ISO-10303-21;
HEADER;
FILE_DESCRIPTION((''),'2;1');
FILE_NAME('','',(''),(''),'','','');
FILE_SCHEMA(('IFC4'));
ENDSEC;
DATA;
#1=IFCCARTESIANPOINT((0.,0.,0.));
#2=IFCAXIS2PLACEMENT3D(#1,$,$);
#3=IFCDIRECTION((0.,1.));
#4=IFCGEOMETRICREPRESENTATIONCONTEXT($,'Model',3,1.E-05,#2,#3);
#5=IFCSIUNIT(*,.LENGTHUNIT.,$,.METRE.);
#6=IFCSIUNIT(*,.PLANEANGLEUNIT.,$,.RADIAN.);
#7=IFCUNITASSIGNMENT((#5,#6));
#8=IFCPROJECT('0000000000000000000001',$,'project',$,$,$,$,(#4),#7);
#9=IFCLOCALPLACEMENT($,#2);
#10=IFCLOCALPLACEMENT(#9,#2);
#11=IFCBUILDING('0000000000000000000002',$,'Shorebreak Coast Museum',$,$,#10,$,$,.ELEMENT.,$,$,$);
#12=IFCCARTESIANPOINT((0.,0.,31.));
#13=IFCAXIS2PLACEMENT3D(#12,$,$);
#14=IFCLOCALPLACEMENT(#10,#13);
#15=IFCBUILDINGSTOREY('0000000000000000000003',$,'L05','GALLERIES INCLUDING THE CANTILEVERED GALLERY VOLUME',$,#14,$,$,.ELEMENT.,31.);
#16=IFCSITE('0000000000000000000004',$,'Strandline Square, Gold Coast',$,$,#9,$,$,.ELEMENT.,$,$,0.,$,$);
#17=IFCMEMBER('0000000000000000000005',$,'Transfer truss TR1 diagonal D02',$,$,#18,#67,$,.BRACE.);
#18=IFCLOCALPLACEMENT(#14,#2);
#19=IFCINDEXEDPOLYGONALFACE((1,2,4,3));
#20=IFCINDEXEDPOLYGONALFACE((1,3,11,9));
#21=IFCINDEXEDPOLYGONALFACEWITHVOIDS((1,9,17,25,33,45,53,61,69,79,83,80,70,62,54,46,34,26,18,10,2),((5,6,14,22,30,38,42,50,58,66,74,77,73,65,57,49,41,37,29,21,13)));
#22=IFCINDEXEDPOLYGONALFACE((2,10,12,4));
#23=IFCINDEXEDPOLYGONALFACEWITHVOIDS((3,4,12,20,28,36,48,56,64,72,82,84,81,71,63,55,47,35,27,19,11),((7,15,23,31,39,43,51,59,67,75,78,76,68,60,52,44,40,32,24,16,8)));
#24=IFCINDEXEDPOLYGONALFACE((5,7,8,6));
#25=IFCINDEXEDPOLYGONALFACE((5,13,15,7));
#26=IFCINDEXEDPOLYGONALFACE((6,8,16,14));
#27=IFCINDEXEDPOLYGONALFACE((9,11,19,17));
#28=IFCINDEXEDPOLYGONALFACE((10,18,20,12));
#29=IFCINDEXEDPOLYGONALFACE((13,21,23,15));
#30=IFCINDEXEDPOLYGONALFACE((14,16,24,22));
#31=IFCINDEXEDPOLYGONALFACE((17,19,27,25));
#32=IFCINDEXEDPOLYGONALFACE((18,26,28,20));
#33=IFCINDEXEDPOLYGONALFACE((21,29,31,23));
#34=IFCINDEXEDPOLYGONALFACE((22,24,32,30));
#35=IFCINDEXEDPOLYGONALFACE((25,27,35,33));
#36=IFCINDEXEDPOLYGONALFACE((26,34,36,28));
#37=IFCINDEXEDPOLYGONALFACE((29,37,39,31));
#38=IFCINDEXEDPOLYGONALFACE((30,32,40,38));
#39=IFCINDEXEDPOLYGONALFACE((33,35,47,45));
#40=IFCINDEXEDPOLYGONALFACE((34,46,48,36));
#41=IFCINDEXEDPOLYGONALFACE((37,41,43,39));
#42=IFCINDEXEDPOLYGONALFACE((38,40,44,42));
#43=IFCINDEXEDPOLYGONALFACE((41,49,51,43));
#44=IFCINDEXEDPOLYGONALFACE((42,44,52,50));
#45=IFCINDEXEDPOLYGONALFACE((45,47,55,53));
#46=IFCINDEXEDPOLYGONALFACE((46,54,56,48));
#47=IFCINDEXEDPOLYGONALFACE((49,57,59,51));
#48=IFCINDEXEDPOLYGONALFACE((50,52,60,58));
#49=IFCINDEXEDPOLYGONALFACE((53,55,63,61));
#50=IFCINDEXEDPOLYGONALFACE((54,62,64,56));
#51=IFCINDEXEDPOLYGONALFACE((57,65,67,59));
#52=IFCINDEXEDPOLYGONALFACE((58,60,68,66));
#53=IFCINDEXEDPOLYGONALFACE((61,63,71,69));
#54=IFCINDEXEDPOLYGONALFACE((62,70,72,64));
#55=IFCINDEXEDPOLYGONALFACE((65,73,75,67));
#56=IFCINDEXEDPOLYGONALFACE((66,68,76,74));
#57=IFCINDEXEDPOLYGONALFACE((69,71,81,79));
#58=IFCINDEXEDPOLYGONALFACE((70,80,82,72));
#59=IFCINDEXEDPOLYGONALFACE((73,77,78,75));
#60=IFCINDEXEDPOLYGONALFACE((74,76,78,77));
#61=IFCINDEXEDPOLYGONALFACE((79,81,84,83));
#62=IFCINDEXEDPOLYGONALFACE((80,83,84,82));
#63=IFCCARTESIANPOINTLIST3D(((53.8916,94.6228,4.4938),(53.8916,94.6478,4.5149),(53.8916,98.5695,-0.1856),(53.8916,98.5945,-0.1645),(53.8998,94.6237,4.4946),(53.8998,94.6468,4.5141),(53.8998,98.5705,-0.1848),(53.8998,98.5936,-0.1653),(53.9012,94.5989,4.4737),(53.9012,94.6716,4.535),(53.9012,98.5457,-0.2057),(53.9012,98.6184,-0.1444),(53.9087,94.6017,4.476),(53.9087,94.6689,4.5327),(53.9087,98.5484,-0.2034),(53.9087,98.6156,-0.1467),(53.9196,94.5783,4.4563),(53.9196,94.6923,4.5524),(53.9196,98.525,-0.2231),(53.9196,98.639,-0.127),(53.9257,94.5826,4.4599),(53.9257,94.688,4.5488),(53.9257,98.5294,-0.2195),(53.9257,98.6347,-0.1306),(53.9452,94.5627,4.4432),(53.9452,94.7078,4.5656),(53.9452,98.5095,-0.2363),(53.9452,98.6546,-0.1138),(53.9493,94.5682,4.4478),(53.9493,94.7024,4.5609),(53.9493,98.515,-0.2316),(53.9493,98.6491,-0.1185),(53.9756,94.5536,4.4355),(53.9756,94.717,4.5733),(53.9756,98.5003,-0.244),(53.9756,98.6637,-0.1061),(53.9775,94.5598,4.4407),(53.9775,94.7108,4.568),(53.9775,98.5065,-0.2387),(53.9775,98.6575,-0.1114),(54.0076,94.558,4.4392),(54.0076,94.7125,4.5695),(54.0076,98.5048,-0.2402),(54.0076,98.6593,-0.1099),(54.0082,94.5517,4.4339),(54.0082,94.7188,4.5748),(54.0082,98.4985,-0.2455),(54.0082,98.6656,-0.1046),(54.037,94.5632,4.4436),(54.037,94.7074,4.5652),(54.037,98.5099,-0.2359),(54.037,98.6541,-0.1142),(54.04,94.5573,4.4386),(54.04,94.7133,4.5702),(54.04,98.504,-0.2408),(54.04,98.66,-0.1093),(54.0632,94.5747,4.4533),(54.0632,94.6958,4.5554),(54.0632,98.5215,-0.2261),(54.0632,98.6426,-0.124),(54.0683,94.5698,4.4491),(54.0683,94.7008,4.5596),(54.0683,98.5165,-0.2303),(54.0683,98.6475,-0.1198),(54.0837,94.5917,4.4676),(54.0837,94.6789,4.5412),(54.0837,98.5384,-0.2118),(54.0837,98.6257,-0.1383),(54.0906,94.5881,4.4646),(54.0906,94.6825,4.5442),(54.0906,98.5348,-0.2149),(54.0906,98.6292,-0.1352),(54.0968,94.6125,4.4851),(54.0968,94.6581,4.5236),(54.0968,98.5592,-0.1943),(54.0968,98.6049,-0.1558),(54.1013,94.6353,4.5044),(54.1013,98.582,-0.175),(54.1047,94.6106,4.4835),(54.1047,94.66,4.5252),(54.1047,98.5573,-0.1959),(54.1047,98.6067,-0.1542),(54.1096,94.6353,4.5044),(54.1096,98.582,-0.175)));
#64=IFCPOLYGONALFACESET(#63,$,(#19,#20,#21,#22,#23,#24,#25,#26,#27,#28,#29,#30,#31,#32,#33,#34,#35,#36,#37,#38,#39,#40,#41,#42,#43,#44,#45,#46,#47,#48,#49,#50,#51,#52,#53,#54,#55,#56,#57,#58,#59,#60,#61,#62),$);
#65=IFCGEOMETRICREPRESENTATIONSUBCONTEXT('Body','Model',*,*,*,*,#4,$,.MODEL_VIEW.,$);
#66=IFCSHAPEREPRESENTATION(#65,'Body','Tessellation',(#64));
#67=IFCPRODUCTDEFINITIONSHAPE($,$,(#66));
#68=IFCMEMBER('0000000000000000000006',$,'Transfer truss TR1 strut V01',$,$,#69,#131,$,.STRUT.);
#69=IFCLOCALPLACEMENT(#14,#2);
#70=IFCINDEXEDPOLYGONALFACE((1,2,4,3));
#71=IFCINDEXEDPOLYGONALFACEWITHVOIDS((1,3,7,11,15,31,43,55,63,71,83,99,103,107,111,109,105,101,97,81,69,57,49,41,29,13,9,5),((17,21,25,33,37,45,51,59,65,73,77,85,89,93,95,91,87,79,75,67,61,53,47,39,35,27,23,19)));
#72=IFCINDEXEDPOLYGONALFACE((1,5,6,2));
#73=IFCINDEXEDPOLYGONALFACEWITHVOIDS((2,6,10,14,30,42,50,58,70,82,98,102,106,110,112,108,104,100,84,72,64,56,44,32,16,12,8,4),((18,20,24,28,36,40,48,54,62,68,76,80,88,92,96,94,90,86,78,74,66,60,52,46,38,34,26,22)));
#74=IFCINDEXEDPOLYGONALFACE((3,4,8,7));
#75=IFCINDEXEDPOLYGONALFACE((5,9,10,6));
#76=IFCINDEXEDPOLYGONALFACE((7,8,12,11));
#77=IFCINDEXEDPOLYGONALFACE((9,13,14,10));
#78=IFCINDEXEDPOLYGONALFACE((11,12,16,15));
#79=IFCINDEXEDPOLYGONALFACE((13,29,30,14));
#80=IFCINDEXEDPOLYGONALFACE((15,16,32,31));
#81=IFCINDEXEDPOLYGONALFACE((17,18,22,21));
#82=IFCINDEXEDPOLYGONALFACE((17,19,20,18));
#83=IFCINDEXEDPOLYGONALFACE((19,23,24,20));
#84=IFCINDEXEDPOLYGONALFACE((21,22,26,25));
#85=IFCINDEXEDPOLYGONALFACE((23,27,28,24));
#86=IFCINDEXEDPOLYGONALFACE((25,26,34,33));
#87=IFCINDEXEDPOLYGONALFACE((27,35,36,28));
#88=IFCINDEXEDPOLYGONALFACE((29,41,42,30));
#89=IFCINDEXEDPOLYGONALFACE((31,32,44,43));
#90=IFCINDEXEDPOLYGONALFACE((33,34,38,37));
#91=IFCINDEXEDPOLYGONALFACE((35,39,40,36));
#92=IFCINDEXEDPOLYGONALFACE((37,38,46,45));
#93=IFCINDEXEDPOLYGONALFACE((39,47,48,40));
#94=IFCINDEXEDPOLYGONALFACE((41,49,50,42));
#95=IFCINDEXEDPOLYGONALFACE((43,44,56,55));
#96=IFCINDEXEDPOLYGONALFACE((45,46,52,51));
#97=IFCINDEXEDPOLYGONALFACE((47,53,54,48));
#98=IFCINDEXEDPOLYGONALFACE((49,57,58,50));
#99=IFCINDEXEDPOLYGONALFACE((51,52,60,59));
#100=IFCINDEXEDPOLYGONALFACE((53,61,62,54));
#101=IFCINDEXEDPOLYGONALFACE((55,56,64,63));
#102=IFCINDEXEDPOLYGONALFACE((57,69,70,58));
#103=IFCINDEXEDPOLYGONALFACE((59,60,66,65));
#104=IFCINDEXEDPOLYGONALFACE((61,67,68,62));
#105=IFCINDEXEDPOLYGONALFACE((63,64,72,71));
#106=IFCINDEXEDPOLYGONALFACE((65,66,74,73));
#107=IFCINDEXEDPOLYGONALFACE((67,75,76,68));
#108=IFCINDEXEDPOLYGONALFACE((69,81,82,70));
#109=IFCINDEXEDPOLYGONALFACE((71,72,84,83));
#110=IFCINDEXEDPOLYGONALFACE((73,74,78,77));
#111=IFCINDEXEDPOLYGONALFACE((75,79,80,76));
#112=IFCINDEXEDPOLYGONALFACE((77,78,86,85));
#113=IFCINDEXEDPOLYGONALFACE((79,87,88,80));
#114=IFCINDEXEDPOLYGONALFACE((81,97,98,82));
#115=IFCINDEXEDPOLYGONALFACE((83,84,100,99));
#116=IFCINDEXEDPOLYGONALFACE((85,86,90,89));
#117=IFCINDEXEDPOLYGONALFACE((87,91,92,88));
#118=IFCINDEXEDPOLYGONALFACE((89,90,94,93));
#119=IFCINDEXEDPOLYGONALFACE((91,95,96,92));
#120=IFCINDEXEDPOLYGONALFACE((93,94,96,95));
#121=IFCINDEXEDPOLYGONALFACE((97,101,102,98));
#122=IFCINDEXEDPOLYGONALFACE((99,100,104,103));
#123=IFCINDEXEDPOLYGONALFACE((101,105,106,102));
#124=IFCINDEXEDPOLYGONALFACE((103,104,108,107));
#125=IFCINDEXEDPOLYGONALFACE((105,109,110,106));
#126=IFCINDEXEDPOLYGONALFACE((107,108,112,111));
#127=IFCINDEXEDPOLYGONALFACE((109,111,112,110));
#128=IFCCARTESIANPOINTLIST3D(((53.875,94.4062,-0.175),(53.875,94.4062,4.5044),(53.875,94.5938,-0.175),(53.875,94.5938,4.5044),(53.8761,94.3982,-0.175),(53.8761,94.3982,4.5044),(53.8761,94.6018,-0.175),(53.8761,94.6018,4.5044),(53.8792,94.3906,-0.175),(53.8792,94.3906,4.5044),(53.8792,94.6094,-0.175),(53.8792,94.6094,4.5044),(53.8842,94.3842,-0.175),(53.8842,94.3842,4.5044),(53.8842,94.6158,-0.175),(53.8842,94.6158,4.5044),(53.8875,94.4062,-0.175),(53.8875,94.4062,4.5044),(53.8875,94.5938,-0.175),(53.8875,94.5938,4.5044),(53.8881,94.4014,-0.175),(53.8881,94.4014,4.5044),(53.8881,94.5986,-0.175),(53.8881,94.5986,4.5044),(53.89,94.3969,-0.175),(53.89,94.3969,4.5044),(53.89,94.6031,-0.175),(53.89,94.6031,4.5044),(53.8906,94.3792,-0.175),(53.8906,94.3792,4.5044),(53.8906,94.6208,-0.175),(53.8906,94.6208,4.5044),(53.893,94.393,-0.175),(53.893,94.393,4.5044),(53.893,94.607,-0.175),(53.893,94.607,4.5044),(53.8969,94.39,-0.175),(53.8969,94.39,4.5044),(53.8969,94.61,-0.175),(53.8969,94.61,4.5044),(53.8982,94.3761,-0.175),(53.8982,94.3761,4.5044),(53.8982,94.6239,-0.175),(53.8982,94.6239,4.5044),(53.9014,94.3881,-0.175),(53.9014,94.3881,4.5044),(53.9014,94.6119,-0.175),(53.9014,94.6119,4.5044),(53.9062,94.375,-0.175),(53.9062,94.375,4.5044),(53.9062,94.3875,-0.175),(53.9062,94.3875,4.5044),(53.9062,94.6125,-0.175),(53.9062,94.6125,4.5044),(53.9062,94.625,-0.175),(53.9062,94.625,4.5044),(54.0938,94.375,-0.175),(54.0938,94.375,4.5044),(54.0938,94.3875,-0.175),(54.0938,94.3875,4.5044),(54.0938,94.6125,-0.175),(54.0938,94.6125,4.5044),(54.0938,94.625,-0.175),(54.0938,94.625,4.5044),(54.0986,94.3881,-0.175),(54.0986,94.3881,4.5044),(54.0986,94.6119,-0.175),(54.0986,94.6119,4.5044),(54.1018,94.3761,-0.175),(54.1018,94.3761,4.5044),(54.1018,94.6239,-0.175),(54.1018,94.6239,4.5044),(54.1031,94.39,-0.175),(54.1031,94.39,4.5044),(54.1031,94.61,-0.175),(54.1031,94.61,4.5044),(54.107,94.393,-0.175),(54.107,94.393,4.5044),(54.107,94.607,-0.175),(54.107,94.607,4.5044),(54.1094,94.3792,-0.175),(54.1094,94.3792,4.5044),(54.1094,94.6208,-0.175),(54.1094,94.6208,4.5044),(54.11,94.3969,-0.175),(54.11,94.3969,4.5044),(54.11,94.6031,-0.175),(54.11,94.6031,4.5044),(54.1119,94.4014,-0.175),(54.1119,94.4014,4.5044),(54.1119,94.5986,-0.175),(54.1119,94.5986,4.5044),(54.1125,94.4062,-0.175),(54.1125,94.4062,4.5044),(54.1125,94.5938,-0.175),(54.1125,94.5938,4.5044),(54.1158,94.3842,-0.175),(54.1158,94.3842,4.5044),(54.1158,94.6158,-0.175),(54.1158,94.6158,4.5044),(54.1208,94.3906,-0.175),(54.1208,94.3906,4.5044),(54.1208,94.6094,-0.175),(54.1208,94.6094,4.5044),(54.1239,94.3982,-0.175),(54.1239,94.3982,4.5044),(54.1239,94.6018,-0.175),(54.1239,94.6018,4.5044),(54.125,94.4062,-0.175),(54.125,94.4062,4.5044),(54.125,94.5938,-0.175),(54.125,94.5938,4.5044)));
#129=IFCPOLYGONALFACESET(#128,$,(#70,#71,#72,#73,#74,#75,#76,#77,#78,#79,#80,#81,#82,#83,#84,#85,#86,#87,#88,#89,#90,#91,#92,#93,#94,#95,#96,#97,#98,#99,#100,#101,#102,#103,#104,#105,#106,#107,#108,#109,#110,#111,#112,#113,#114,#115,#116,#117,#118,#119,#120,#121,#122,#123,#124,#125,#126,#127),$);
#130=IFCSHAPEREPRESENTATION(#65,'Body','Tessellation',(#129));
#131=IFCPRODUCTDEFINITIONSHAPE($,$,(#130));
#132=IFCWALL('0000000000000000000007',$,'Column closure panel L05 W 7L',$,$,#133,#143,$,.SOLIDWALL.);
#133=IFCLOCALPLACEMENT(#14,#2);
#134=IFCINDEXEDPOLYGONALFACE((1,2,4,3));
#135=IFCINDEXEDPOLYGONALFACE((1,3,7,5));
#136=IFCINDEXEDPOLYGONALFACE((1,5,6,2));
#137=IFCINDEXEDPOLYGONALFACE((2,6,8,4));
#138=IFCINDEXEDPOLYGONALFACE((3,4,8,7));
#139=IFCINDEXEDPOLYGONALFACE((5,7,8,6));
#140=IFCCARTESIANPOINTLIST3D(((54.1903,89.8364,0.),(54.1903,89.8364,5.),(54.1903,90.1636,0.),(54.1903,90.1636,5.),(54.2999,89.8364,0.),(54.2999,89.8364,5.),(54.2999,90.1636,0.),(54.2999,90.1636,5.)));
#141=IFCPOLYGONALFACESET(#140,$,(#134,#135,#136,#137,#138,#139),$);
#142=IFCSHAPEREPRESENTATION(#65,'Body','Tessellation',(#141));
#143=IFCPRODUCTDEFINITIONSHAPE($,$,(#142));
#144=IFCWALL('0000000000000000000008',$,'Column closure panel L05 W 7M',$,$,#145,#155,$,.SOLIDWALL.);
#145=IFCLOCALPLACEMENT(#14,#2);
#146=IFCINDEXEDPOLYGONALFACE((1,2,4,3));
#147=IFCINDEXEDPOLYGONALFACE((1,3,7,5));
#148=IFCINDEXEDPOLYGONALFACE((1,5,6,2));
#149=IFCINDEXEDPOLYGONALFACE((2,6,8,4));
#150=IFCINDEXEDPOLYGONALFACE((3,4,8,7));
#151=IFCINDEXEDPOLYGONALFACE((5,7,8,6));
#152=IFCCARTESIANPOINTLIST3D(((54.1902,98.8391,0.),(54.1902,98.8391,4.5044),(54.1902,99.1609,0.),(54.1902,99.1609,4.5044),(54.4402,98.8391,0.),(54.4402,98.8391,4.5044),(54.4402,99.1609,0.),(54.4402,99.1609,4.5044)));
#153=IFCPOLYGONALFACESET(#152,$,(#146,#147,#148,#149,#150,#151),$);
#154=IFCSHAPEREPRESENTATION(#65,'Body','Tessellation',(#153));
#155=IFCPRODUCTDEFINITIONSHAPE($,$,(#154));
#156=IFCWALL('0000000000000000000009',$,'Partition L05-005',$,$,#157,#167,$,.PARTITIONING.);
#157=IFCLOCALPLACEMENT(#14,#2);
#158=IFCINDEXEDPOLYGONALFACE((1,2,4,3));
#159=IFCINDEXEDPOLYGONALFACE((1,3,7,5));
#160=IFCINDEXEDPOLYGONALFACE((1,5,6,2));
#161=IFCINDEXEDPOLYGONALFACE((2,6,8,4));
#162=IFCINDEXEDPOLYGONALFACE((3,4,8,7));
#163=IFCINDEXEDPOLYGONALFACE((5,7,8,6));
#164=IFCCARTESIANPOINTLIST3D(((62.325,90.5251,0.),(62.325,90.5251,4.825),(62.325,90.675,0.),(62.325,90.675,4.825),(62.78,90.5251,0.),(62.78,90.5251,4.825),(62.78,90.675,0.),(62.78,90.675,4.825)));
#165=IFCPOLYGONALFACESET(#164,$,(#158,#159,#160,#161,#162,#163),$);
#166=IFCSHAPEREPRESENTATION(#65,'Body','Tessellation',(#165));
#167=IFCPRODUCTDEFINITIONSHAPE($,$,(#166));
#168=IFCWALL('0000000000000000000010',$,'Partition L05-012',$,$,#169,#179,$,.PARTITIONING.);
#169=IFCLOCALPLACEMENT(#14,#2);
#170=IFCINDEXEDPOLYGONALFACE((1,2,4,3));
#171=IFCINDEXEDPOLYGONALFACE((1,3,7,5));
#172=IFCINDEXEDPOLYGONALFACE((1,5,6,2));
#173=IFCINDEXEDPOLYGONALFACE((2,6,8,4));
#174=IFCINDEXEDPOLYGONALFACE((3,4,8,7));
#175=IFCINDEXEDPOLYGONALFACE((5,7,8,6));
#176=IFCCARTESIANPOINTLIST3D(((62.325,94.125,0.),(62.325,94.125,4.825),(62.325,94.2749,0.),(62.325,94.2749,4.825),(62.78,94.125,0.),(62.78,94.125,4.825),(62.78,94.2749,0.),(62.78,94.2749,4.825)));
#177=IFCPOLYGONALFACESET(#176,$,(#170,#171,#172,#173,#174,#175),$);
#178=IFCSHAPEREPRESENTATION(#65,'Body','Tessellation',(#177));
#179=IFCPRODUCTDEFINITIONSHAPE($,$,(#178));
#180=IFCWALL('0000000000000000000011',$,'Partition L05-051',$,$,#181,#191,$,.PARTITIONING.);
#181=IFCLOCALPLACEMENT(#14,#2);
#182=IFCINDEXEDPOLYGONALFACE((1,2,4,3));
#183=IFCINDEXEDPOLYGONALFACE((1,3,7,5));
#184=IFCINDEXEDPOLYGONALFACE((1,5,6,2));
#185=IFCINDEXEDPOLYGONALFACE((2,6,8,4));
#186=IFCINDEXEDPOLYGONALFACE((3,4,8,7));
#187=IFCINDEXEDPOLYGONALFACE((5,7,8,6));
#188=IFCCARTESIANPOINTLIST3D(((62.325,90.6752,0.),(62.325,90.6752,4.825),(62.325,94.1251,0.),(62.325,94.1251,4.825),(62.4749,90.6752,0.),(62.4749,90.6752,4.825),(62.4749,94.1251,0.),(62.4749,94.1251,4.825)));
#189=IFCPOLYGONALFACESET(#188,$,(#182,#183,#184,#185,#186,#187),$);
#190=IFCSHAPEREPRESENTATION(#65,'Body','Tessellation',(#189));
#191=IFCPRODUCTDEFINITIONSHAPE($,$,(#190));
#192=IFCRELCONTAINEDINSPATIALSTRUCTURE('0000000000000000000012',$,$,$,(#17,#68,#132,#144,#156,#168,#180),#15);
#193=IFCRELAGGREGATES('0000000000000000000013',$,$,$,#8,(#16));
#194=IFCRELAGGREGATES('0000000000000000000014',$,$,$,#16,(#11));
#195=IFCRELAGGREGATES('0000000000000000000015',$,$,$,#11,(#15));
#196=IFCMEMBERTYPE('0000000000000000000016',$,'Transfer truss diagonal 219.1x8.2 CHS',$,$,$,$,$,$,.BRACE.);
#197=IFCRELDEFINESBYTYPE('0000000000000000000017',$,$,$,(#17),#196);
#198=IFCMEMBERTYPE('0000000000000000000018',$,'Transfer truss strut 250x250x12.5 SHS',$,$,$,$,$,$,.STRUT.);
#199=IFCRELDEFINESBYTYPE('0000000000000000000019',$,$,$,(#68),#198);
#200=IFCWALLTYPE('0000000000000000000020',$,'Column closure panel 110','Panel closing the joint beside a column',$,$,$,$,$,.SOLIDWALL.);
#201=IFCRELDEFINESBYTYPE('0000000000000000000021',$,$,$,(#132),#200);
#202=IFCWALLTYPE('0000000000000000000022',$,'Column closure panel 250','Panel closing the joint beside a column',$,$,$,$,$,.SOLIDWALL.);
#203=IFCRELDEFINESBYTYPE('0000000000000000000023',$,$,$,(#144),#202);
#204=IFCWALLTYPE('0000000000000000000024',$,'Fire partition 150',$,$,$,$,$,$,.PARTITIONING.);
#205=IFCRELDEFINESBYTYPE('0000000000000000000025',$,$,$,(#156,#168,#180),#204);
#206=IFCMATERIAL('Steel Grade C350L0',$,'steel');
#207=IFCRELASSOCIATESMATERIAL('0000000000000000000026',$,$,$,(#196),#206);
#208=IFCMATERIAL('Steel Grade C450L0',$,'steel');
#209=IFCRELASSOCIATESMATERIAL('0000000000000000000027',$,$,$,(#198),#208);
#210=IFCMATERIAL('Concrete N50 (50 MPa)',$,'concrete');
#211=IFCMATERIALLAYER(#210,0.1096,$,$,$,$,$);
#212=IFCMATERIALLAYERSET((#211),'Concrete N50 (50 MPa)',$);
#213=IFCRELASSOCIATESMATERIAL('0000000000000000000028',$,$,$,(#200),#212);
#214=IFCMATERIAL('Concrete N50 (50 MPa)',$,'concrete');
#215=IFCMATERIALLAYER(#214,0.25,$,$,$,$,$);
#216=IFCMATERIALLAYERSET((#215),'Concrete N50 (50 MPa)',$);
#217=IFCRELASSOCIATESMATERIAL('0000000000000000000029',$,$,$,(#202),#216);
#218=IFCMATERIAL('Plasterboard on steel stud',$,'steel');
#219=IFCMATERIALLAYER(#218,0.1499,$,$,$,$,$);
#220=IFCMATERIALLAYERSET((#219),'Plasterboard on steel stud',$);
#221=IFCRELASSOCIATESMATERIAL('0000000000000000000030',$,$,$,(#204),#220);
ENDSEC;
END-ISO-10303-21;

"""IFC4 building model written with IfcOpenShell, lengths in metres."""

from ifc_helpers import new_model, si_unit, direction, frame, frame_2d, origin, origin_2d, place, context, subcontext, project, spatial, rectangle, hollow_rectangle, hollow_circle, extrude, material, layer, layer_set, material_profile, profile_set, type_object, element, save


model = new_model("IFC4")

# Units and contexts
model_context = context("Model", 3, precision=1e-05, world=origin(), true_north=direction((0.0, 1.0)))
body_context = subcontext(model_context, "Body", "Model", "MODEL_VIEW")
ifc_project = project(units=[si_unit("LENGTHUNIT", "METRE"), si_unit("PLANEANGLEUNIT", "RADIAN")], contexts=[model_context])

# Site, building, storey
site_placement = place(None, origin())
site = spatial("IfcSite", under=ifc_project, at=site_placement, Name="Strandline Square, Gold Coast", CompositionType="ELEMENT", RefElevation=0.0)
building_placement = place(site_placement, origin())
building = spatial("IfcBuilding", under=site, at=building_placement, Name="Shorebreak Coast Museum", CompositionType="ELEMENT")
storey_placement = place(building_placement, frame((0.0, 0.0, 31.0)))
storey = spatial("IfcBuildingStorey", under=building, at=storey_placement, Name="L05", Description="GALLERIES INCLUDING THE CANTILEVERED GALLERY VOLUME", CompositionType="ELEMENT", Elevation=31.0)

# Members
ifc_material_1 = material(Name="Steel Grade C350L0", Category="steel")
ifc_material_profile_1 = material_profile(ifc_material_1, hollow_circle(Radius=0.1096, WallThickness=0.0083, at=origin_2d()), Name="219.1x8.2 CHS")
ifc_profile_set_1 = profile_set([ifc_material_profile_1], Name="Steel Grade C350L0")
member_type_1 = type_object("IfcMemberType", Name="Transfer truss diagonal 219.1x8.2 CHS", PredefinedType="BRACE", material=ifc_profile_set_1)
member_1_placement = place(storey_placement, frame((54.0, 98.582, -0.175), z_axis=(0.0, -0.644728, 0.764412), x_axis=(1.0, 0.0, 0.0)))
element("IfcMember", 1, at=member_1_placement, inside=storey, type_object=member_type_1, Name="Transfer truss TR1 diagonal D02", PredefinedType="BRACE", context=body_context, shape_type="SweptSolid", body=[
    extrude(hollow_circle(Radius=0.1096, WallThickness=0.0083, at=origin_2d()), origin(), (0.0, 0.0, 1.0), 6.1216),
])
ifc_material_2 = material(Name="Steel Grade C450L0", Category="steel")
ifc_material_profile_2 = material_profile(ifc_material_2, hollow_rectangle(XDim=0.25, YDim=0.25, WallThickness=0.0125, InnerFilletRadius=0.0188, OuterFilletRadius=0.0312, at=origin_2d()), Name="250x250x12.5 SHS")
ifc_profile_set_2 = profile_set([ifc_material_profile_2], Name="Steel Grade C450L0")
member_type_2 = type_object("IfcMemberType", Name="Transfer truss strut 250x250x12.5 SHS", PredefinedType="STRUT", material=ifc_profile_set_2)
member_2_placement = place(storey_placement, frame((54.0, 94.5, -0.175), z_axis=(0.0, 0.0, 1.0), x_axis=(1.0, 0.0, 0.0)))
element("IfcMember", 2, at=member_2_placement, inside=storey, type_object=member_type_2, Name="Transfer truss TR1 strut V01", PredefinedType="STRUT", context=body_context, shape_type="SweptSolid", body=[
    extrude(hollow_rectangle(XDim=0.25, YDim=0.25, WallThickness=0.0125, InnerFilletRadius=0.0188, OuterFilletRadius=0.0312, at=origin_2d()), origin(), (0.0, 0.0, 1.0), 4.6794),
])

# Walls
ifc_material_3 = material(Name="Concrete N50 (50 MPa)", Category="concrete")
ifc_layer_1 = layer(ifc_material_3, 0.1096)
ifc_layer_set_1 = layer_set([ifc_layer_1], Name="Concrete N50 (50 MPa)")
wall_type_1 = type_object("IfcWallType", Name="Column closure panel 110", Description="Panel closing the joint beside a column", PredefinedType="SOLIDWALL", material=ifc_layer_set_1)
wall_1_placement = place(storey_placement, frame((54.2451, 89.8364, 0.0), z_axis=(0.0, 0.0, 1.0), x_axis=(0.0, 1.0, 0.0)))
element("IfcWall", 3, at=wall_1_placement, inside=storey, type_object=wall_type_1, Name="Column closure panel L05 W 7L", PredefinedType="SOLIDWALL", context=body_context, shape_type="SweptSolid", body=[
    extrude(rectangle(XDim=0.3271, YDim=0.1096, at=frame_2d((0.1636, 0.0))), origin(), (0.0, 0.0, 1.0), 5.0),
])
ifc_material_4 = material(Name="Concrete N50 (50 MPa)", Category="concrete")
ifc_layer_2 = layer(ifc_material_4, 0.25)
ifc_layer_set_2 = layer_set([ifc_layer_2], Name="Concrete N50 (50 MPa)")
wall_type_2 = type_object("IfcWallType", Name="Column closure panel 250", Description="Panel closing the joint beside a column", PredefinedType="SOLIDWALL", material=ifc_layer_set_2)
wall_2_placement = place(storey_placement, frame((54.3152, 98.8391, 0.0), z_axis=(0.0, 0.0, 1.0), x_axis=(0.0, 1.0, 0.0)))
element("IfcWall", 4, at=wall_2_placement, inside=storey, type_object=wall_type_2, Name="Column closure panel L05 W 7M", PredefinedType="SOLIDWALL", context=body_context, shape_type="SweptSolid", body=[
    extrude(rectangle(XDim=0.3218, YDim=0.25, at=frame_2d((0.1609, 0.0))), origin(), (0.0, 0.0, 1.0), 4.5044),
])
ifc_material_5 = material(Name="Plasterboard on steel stud", Category="steel")
ifc_layer_3 = layer(ifc_material_5, 0.1499)
ifc_layer_set_3 = layer_set([ifc_layer_3], Name="Plasterboard on steel stud")
wall_type_3 = type_object("IfcWallType", Name="Fire partition 150", PredefinedType="PARTITIONING", material=ifc_layer_set_3)
for number, where, z_axis, x_axis, name in (
    (5, (62.325, 90.6001, 0.0), (0.0, 0.0, 1.0), (1.0, 0.0, 0.0), "Partition L05-005"),
    (6, (62.325, 94.2, 0.0), (0.0, 0.0, 1.0), (1.0, 0.0, 0.0), "Partition L05-012"),
):
    element("IfcWall", number, at=place(storey_placement, frame(where, z_axis=z_axis, x_axis=x_axis)), inside=storey, type_object=wall_type_3, Name=name, PredefinedType="PARTITIONING", context=body_context, shape_type="SweptSolid", body=[
        extrude(rectangle(XDim=0.4551, YDim=0.1499, at=frame_2d((0.2275, 0.0))), origin(), (0.0, 0.0, 1.0), 4.825),
    ])
wall_3_placement = place(storey_placement, frame((62.3999, 90.675, 0.0), z_axis=(0.0, 0.0, 1.0), x_axis=(0.0, 1.0, 0.0)))
element("IfcWall", 7, at=wall_3_placement, inside=storey, type_object=wall_type_3, Name="Partition L05-051", PredefinedType="PARTITIONING", context=body_context, shape_type="SweptSolid", body=[
    extrude(rectangle(XDim=3.45, YDim=0.1499, at=frame_2d((1.7251, 0.0))), origin(), (0.0, 0.0, 1.0), 4.825),
])

save(model, "model.ifc")
